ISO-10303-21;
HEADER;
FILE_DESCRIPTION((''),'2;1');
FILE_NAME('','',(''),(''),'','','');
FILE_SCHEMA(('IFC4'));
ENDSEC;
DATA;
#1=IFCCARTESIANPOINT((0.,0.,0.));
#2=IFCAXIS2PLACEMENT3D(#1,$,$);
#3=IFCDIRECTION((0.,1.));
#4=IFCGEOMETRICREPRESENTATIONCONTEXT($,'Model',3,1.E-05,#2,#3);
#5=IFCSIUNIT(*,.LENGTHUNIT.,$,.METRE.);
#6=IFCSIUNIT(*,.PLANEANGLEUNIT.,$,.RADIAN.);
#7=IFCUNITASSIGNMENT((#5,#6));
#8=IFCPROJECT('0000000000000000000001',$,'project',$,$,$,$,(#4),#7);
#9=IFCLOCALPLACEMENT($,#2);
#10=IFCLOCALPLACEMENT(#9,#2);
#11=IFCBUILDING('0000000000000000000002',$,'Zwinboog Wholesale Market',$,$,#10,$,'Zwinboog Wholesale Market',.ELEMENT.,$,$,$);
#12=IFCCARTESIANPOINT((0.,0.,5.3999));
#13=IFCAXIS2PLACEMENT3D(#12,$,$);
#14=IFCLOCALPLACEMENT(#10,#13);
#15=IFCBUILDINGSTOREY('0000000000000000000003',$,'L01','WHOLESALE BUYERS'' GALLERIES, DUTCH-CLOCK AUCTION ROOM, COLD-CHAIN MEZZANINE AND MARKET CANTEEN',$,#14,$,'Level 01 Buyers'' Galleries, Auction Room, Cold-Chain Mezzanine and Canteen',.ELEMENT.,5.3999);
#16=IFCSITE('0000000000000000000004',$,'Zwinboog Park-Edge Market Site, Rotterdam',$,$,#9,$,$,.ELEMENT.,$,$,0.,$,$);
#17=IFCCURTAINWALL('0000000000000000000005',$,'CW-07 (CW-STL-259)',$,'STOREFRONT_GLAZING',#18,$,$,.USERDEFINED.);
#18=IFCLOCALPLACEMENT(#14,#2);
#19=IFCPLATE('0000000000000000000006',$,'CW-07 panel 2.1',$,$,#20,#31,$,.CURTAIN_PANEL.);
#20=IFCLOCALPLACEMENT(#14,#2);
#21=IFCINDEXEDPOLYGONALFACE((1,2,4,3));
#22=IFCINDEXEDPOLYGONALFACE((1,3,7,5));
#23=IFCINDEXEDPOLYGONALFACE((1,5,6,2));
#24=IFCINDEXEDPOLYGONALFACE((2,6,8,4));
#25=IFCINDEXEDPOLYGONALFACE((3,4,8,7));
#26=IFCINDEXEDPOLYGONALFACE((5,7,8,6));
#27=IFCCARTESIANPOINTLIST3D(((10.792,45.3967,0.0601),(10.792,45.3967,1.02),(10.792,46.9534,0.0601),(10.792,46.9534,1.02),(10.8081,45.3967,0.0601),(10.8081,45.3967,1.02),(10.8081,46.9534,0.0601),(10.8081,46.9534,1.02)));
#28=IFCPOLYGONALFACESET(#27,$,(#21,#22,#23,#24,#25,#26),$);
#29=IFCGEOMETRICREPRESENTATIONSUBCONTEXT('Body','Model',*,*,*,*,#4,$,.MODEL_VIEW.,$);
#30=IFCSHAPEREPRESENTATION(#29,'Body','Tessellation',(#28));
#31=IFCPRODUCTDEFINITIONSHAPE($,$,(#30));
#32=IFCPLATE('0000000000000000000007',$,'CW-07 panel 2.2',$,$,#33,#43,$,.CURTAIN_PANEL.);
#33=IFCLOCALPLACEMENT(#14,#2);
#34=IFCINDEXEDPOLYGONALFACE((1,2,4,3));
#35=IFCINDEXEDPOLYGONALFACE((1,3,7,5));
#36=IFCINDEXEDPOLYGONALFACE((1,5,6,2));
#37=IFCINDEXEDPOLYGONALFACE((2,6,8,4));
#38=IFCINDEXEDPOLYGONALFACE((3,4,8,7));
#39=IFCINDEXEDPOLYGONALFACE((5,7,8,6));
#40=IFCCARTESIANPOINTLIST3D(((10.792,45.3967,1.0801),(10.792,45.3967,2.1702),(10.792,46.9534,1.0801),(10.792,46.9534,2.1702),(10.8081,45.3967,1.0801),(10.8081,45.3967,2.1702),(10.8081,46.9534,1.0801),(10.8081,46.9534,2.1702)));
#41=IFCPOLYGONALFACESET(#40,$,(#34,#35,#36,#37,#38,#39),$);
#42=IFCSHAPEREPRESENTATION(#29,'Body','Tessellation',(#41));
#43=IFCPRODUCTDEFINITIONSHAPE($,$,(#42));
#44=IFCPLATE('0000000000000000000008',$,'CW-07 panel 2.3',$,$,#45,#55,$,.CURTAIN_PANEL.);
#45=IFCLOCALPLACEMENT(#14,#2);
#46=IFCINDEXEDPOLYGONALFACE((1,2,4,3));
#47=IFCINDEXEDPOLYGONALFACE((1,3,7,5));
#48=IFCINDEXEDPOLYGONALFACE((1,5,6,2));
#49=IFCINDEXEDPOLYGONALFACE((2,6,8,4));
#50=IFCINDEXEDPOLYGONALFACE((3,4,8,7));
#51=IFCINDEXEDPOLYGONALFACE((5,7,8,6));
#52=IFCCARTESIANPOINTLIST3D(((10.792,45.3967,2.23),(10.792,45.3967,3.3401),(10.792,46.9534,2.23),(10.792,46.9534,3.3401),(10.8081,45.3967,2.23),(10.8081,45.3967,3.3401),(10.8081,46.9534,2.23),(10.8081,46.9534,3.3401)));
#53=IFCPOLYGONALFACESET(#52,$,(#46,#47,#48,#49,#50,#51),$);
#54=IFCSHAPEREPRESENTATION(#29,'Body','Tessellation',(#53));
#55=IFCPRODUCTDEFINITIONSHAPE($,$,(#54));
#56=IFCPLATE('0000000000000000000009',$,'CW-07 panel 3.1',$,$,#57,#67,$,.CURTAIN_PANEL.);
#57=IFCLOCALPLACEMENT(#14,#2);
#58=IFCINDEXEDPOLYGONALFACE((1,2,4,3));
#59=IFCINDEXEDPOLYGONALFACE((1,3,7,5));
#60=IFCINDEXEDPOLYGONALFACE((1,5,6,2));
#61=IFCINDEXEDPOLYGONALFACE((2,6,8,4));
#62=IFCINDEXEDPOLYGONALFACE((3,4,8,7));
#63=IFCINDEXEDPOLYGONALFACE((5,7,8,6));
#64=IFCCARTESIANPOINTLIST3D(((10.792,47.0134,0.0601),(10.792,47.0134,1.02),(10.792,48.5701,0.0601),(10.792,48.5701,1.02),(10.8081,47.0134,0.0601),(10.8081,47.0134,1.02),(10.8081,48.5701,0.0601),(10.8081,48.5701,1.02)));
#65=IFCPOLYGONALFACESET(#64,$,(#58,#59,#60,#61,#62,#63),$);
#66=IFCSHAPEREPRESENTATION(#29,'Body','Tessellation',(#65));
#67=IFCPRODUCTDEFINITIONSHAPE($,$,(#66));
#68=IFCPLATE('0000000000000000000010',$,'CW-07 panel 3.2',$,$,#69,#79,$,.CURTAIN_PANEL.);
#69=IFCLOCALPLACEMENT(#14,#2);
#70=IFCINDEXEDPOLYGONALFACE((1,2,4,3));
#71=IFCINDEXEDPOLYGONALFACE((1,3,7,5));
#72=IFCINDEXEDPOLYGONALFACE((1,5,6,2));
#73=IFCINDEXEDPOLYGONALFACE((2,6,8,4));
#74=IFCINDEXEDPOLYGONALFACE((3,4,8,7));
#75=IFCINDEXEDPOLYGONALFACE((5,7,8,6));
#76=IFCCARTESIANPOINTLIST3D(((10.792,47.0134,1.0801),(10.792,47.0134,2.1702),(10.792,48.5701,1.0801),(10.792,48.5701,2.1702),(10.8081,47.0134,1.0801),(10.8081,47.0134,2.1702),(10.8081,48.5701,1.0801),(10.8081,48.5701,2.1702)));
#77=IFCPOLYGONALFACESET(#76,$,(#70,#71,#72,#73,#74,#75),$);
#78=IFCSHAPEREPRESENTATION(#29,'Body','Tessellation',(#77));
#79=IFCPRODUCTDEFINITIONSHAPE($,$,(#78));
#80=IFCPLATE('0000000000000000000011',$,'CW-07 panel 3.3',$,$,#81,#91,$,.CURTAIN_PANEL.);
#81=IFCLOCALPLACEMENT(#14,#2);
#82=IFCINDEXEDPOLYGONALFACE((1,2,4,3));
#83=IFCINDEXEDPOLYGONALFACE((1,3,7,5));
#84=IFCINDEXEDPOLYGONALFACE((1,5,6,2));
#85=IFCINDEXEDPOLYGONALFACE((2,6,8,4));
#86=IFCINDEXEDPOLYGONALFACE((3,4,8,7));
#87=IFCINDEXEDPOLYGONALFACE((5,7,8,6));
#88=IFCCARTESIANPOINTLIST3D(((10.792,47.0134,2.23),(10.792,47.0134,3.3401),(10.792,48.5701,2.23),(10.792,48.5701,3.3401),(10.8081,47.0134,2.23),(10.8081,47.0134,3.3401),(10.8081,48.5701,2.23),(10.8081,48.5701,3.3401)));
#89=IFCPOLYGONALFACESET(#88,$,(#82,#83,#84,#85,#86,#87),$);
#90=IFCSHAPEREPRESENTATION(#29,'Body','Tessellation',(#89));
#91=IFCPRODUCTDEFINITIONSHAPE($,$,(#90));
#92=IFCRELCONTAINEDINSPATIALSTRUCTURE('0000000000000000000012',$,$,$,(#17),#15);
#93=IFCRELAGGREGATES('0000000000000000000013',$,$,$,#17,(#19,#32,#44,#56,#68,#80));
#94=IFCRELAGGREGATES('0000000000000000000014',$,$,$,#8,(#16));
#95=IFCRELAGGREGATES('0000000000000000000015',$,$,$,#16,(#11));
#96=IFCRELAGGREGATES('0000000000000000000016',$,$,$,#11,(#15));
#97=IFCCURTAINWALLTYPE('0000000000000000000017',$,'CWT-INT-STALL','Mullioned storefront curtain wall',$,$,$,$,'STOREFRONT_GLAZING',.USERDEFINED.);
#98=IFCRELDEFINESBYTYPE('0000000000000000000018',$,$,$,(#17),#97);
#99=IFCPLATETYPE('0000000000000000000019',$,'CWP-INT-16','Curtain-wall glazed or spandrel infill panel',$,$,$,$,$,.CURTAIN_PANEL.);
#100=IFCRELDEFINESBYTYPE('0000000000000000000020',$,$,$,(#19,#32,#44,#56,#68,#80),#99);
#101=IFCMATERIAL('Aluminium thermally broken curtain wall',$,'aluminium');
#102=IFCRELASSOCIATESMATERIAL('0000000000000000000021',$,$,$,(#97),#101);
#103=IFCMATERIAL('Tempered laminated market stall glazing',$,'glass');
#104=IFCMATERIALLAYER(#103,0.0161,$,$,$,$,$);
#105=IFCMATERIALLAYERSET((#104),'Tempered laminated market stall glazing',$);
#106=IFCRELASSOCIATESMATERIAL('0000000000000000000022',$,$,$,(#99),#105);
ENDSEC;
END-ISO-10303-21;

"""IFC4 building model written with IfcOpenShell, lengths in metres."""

from ifc_helpers import new_model, si_unit, direction, frame, origin, origin_2d, place, context, subcontext, project, spatial, rectangle, extrude, material, layer, layer_set, type_object, element, aggregate, save


model = new_model("IFC4")

# Units and contexts
model_context = context("Model", 3, precision=1e-05, world=origin(), true_north=direction((0.0, 1.0)))
body_context = subcontext(model_context, "Body", "Model", "MODEL_VIEW")
ifc_project = project(units=[si_unit("LENGTHUNIT", "METRE"), si_unit("PLANEANGLEUNIT", "RADIAN")], contexts=[model_context])

# Site, building, storey
site_placement = place(None, origin())
site = spatial("IfcSite", under=ifc_project, at=site_placement, Name="Zwinboog Park-Edge Market Site, Rotterdam", CompositionType="ELEMENT", RefElevation=0.0)
building_placement = place(site_placement, origin())
building = spatial("IfcBuilding", under=site, at=building_placement, Name="Zwinboog Wholesale Market", LongName="Zwinboog Wholesale Market", CompositionType="ELEMENT")
storey_placement = place(building_placement, frame((0.0, 0.0, 5.3999)))
storey = spatial("IfcBuildingStorey", under=building, at=storey_placement, Name="L01", Description="WHOLESALE BUYERS' GALLERIES, DUTCH-CLOCK AUCTION ROOM, COLD-CHAIN MEZZANINE AND MARKET CANTEEN", LongName="Level 01 Buyers' Galleries, Auction Room, Cold-Chain Mezzanine and Canteen", CompositionType="ELEMENT", Elevation=5.3999)

# Curtain wall, plates
ifc_material_1 = material(Name="Aluminium thermally broken curtain wall", Category="aluminium")
curtain_wall_type = type_object("IfcCurtainWallType", Name="CWT-INT-STALL", Description="Mullioned storefront curtain wall", ElementType="STOREFRONT_GLAZING", PredefinedType="USERDEFINED", material=ifc_material_1)
curtain_wall_placement = place(storey_placement, origin())
curtain_wall = element("IfcCurtainWall", 1, at=curtain_wall_placement, inside=storey, type_object=curtain_wall_type, Name="CW-07 (CW-STL-259)", ObjectType="STOREFRONT_GLAZING", PredefinedType="USERDEFINED")
ifc_material_2 = material(Name="Tempered laminated market stall glazing", Category="glass")
ifc_layer = layer(ifc_material_2, 0.0161)
ifc_layer_set = layer_set([ifc_layer], Name="Tempered laminated market stall glazing")
plate_type = type_object("IfcPlateType", Name="CWP-INT-16", Description="Curtain-wall glazed or spandrel infill panel", PredefinedType="CURTAIN_PANEL", material=ifc_layer_set)
plate_1_placement = place(storey_placement, frame((10.8, 46.175, 0.0601), z_axis=(0.0, 0.0, 1.0), x_axis=(0.0, 1.0, 0.0)))
plate_1 = element("IfcPlate", 2, at=plate_1_placement, type_object=plate_type, Name="CW-07 panel 2.1", PredefinedType="CURTAIN_PANEL", context=body_context, shape_type="SweptSolid", body=[
    extrude(rectangle(XDim=1.5566, YDim=0.0161, at=origin_2d()), origin(), (0.0, 0.0, 1.0), 0.96),
])
plate_2_placement = place(storey_placement, frame((10.8, 46.175, 1.0801), z_axis=(0.0, 0.0, 1.0), x_axis=(0.0, 1.0, 0.0)))
plate_2 = element("IfcPlate", 3, at=plate_2_placement, type_object=plate_type, Name="CW-07 panel 2.2", PredefinedType="CURTAIN_PANEL", context=body_context, shape_type="SweptSolid", body=[
    extrude(rectangle(XDim=1.5566, YDim=0.0161, at=origin_2d()), origin(), (0.0, 0.0, 1.0), 1.0901),
])
plate_3_placement = place(storey_placement, frame((10.8, 46.175, 2.23), z_axis=(0.0, 0.0, 1.0), x_axis=(0.0, 1.0, 0.0)))
plate_3 = element("IfcPlate", 4, at=plate_3_placement, type_object=plate_type, Name="CW-07 panel 2.3", PredefinedType="CURTAIN_PANEL", context=body_context, shape_type="SweptSolid", body=[
    extrude(rectangle(XDim=1.5566, YDim=0.0161, at=origin_2d()), origin(), (0.0, 0.0, 1.0), 1.1101),
])
plate_4_placement = place(storey_placement, frame((10.8, 47.7917, 0.0601), z_axis=(0.0, 0.0, 1.0), x_axis=(0.0, 1.0, 0.0)))
plate_4 = element("IfcPlate", 5, at=plate_4_placement, type_object=plate_type, Name="CW-07 panel 3.1", PredefinedType="CURTAIN_PANEL", context=body_context, shape_type="SweptSolid", body=[
    extrude(rectangle(XDim=1.5566, YDim=0.0161, at=origin_2d()), origin(), (0.0, 0.0, 1.0), 0.96),
])
plate_5_placement = place(storey_placement, frame((10.8, 47.7917, 1.0801), z_axis=(0.0, 0.0, 1.0), x_axis=(0.0, 1.0, 0.0)))
plate_5 = element("IfcPlate", 6, at=plate_5_placement, type_object=plate_type, Name="CW-07 panel 3.2", PredefinedType="CURTAIN_PANEL", context=body_context, shape_type="SweptSolid", body=[
    extrude(rectangle(XDim=1.5566, YDim=0.0161, at=origin_2d()), origin(), (0.0, 0.0, 1.0), 1.0901),
])
plate_6_placement = place(storey_placement, frame((10.8, 47.7917, 2.23), z_axis=(0.0, 0.0, 1.0), x_axis=(0.0, 1.0, 0.0)))
plate_6 = element("IfcPlate", 7, at=plate_6_placement, type_object=plate_type, Name="CW-07 panel 3.3", PredefinedType="CURTAIN_PANEL", context=body_context, shape_type="SweptSolid", body=[
    extrude(rectangle(XDim=1.5566, YDim=0.0161, at=origin_2d()), origin(), (0.0, 0.0, 1.0), 1.1101),
])
aggregate(curtain_wall, [plate_1, plate_2, plate_3, plate_4, plate_5, plate_6])

save(model, "model.ifc")
